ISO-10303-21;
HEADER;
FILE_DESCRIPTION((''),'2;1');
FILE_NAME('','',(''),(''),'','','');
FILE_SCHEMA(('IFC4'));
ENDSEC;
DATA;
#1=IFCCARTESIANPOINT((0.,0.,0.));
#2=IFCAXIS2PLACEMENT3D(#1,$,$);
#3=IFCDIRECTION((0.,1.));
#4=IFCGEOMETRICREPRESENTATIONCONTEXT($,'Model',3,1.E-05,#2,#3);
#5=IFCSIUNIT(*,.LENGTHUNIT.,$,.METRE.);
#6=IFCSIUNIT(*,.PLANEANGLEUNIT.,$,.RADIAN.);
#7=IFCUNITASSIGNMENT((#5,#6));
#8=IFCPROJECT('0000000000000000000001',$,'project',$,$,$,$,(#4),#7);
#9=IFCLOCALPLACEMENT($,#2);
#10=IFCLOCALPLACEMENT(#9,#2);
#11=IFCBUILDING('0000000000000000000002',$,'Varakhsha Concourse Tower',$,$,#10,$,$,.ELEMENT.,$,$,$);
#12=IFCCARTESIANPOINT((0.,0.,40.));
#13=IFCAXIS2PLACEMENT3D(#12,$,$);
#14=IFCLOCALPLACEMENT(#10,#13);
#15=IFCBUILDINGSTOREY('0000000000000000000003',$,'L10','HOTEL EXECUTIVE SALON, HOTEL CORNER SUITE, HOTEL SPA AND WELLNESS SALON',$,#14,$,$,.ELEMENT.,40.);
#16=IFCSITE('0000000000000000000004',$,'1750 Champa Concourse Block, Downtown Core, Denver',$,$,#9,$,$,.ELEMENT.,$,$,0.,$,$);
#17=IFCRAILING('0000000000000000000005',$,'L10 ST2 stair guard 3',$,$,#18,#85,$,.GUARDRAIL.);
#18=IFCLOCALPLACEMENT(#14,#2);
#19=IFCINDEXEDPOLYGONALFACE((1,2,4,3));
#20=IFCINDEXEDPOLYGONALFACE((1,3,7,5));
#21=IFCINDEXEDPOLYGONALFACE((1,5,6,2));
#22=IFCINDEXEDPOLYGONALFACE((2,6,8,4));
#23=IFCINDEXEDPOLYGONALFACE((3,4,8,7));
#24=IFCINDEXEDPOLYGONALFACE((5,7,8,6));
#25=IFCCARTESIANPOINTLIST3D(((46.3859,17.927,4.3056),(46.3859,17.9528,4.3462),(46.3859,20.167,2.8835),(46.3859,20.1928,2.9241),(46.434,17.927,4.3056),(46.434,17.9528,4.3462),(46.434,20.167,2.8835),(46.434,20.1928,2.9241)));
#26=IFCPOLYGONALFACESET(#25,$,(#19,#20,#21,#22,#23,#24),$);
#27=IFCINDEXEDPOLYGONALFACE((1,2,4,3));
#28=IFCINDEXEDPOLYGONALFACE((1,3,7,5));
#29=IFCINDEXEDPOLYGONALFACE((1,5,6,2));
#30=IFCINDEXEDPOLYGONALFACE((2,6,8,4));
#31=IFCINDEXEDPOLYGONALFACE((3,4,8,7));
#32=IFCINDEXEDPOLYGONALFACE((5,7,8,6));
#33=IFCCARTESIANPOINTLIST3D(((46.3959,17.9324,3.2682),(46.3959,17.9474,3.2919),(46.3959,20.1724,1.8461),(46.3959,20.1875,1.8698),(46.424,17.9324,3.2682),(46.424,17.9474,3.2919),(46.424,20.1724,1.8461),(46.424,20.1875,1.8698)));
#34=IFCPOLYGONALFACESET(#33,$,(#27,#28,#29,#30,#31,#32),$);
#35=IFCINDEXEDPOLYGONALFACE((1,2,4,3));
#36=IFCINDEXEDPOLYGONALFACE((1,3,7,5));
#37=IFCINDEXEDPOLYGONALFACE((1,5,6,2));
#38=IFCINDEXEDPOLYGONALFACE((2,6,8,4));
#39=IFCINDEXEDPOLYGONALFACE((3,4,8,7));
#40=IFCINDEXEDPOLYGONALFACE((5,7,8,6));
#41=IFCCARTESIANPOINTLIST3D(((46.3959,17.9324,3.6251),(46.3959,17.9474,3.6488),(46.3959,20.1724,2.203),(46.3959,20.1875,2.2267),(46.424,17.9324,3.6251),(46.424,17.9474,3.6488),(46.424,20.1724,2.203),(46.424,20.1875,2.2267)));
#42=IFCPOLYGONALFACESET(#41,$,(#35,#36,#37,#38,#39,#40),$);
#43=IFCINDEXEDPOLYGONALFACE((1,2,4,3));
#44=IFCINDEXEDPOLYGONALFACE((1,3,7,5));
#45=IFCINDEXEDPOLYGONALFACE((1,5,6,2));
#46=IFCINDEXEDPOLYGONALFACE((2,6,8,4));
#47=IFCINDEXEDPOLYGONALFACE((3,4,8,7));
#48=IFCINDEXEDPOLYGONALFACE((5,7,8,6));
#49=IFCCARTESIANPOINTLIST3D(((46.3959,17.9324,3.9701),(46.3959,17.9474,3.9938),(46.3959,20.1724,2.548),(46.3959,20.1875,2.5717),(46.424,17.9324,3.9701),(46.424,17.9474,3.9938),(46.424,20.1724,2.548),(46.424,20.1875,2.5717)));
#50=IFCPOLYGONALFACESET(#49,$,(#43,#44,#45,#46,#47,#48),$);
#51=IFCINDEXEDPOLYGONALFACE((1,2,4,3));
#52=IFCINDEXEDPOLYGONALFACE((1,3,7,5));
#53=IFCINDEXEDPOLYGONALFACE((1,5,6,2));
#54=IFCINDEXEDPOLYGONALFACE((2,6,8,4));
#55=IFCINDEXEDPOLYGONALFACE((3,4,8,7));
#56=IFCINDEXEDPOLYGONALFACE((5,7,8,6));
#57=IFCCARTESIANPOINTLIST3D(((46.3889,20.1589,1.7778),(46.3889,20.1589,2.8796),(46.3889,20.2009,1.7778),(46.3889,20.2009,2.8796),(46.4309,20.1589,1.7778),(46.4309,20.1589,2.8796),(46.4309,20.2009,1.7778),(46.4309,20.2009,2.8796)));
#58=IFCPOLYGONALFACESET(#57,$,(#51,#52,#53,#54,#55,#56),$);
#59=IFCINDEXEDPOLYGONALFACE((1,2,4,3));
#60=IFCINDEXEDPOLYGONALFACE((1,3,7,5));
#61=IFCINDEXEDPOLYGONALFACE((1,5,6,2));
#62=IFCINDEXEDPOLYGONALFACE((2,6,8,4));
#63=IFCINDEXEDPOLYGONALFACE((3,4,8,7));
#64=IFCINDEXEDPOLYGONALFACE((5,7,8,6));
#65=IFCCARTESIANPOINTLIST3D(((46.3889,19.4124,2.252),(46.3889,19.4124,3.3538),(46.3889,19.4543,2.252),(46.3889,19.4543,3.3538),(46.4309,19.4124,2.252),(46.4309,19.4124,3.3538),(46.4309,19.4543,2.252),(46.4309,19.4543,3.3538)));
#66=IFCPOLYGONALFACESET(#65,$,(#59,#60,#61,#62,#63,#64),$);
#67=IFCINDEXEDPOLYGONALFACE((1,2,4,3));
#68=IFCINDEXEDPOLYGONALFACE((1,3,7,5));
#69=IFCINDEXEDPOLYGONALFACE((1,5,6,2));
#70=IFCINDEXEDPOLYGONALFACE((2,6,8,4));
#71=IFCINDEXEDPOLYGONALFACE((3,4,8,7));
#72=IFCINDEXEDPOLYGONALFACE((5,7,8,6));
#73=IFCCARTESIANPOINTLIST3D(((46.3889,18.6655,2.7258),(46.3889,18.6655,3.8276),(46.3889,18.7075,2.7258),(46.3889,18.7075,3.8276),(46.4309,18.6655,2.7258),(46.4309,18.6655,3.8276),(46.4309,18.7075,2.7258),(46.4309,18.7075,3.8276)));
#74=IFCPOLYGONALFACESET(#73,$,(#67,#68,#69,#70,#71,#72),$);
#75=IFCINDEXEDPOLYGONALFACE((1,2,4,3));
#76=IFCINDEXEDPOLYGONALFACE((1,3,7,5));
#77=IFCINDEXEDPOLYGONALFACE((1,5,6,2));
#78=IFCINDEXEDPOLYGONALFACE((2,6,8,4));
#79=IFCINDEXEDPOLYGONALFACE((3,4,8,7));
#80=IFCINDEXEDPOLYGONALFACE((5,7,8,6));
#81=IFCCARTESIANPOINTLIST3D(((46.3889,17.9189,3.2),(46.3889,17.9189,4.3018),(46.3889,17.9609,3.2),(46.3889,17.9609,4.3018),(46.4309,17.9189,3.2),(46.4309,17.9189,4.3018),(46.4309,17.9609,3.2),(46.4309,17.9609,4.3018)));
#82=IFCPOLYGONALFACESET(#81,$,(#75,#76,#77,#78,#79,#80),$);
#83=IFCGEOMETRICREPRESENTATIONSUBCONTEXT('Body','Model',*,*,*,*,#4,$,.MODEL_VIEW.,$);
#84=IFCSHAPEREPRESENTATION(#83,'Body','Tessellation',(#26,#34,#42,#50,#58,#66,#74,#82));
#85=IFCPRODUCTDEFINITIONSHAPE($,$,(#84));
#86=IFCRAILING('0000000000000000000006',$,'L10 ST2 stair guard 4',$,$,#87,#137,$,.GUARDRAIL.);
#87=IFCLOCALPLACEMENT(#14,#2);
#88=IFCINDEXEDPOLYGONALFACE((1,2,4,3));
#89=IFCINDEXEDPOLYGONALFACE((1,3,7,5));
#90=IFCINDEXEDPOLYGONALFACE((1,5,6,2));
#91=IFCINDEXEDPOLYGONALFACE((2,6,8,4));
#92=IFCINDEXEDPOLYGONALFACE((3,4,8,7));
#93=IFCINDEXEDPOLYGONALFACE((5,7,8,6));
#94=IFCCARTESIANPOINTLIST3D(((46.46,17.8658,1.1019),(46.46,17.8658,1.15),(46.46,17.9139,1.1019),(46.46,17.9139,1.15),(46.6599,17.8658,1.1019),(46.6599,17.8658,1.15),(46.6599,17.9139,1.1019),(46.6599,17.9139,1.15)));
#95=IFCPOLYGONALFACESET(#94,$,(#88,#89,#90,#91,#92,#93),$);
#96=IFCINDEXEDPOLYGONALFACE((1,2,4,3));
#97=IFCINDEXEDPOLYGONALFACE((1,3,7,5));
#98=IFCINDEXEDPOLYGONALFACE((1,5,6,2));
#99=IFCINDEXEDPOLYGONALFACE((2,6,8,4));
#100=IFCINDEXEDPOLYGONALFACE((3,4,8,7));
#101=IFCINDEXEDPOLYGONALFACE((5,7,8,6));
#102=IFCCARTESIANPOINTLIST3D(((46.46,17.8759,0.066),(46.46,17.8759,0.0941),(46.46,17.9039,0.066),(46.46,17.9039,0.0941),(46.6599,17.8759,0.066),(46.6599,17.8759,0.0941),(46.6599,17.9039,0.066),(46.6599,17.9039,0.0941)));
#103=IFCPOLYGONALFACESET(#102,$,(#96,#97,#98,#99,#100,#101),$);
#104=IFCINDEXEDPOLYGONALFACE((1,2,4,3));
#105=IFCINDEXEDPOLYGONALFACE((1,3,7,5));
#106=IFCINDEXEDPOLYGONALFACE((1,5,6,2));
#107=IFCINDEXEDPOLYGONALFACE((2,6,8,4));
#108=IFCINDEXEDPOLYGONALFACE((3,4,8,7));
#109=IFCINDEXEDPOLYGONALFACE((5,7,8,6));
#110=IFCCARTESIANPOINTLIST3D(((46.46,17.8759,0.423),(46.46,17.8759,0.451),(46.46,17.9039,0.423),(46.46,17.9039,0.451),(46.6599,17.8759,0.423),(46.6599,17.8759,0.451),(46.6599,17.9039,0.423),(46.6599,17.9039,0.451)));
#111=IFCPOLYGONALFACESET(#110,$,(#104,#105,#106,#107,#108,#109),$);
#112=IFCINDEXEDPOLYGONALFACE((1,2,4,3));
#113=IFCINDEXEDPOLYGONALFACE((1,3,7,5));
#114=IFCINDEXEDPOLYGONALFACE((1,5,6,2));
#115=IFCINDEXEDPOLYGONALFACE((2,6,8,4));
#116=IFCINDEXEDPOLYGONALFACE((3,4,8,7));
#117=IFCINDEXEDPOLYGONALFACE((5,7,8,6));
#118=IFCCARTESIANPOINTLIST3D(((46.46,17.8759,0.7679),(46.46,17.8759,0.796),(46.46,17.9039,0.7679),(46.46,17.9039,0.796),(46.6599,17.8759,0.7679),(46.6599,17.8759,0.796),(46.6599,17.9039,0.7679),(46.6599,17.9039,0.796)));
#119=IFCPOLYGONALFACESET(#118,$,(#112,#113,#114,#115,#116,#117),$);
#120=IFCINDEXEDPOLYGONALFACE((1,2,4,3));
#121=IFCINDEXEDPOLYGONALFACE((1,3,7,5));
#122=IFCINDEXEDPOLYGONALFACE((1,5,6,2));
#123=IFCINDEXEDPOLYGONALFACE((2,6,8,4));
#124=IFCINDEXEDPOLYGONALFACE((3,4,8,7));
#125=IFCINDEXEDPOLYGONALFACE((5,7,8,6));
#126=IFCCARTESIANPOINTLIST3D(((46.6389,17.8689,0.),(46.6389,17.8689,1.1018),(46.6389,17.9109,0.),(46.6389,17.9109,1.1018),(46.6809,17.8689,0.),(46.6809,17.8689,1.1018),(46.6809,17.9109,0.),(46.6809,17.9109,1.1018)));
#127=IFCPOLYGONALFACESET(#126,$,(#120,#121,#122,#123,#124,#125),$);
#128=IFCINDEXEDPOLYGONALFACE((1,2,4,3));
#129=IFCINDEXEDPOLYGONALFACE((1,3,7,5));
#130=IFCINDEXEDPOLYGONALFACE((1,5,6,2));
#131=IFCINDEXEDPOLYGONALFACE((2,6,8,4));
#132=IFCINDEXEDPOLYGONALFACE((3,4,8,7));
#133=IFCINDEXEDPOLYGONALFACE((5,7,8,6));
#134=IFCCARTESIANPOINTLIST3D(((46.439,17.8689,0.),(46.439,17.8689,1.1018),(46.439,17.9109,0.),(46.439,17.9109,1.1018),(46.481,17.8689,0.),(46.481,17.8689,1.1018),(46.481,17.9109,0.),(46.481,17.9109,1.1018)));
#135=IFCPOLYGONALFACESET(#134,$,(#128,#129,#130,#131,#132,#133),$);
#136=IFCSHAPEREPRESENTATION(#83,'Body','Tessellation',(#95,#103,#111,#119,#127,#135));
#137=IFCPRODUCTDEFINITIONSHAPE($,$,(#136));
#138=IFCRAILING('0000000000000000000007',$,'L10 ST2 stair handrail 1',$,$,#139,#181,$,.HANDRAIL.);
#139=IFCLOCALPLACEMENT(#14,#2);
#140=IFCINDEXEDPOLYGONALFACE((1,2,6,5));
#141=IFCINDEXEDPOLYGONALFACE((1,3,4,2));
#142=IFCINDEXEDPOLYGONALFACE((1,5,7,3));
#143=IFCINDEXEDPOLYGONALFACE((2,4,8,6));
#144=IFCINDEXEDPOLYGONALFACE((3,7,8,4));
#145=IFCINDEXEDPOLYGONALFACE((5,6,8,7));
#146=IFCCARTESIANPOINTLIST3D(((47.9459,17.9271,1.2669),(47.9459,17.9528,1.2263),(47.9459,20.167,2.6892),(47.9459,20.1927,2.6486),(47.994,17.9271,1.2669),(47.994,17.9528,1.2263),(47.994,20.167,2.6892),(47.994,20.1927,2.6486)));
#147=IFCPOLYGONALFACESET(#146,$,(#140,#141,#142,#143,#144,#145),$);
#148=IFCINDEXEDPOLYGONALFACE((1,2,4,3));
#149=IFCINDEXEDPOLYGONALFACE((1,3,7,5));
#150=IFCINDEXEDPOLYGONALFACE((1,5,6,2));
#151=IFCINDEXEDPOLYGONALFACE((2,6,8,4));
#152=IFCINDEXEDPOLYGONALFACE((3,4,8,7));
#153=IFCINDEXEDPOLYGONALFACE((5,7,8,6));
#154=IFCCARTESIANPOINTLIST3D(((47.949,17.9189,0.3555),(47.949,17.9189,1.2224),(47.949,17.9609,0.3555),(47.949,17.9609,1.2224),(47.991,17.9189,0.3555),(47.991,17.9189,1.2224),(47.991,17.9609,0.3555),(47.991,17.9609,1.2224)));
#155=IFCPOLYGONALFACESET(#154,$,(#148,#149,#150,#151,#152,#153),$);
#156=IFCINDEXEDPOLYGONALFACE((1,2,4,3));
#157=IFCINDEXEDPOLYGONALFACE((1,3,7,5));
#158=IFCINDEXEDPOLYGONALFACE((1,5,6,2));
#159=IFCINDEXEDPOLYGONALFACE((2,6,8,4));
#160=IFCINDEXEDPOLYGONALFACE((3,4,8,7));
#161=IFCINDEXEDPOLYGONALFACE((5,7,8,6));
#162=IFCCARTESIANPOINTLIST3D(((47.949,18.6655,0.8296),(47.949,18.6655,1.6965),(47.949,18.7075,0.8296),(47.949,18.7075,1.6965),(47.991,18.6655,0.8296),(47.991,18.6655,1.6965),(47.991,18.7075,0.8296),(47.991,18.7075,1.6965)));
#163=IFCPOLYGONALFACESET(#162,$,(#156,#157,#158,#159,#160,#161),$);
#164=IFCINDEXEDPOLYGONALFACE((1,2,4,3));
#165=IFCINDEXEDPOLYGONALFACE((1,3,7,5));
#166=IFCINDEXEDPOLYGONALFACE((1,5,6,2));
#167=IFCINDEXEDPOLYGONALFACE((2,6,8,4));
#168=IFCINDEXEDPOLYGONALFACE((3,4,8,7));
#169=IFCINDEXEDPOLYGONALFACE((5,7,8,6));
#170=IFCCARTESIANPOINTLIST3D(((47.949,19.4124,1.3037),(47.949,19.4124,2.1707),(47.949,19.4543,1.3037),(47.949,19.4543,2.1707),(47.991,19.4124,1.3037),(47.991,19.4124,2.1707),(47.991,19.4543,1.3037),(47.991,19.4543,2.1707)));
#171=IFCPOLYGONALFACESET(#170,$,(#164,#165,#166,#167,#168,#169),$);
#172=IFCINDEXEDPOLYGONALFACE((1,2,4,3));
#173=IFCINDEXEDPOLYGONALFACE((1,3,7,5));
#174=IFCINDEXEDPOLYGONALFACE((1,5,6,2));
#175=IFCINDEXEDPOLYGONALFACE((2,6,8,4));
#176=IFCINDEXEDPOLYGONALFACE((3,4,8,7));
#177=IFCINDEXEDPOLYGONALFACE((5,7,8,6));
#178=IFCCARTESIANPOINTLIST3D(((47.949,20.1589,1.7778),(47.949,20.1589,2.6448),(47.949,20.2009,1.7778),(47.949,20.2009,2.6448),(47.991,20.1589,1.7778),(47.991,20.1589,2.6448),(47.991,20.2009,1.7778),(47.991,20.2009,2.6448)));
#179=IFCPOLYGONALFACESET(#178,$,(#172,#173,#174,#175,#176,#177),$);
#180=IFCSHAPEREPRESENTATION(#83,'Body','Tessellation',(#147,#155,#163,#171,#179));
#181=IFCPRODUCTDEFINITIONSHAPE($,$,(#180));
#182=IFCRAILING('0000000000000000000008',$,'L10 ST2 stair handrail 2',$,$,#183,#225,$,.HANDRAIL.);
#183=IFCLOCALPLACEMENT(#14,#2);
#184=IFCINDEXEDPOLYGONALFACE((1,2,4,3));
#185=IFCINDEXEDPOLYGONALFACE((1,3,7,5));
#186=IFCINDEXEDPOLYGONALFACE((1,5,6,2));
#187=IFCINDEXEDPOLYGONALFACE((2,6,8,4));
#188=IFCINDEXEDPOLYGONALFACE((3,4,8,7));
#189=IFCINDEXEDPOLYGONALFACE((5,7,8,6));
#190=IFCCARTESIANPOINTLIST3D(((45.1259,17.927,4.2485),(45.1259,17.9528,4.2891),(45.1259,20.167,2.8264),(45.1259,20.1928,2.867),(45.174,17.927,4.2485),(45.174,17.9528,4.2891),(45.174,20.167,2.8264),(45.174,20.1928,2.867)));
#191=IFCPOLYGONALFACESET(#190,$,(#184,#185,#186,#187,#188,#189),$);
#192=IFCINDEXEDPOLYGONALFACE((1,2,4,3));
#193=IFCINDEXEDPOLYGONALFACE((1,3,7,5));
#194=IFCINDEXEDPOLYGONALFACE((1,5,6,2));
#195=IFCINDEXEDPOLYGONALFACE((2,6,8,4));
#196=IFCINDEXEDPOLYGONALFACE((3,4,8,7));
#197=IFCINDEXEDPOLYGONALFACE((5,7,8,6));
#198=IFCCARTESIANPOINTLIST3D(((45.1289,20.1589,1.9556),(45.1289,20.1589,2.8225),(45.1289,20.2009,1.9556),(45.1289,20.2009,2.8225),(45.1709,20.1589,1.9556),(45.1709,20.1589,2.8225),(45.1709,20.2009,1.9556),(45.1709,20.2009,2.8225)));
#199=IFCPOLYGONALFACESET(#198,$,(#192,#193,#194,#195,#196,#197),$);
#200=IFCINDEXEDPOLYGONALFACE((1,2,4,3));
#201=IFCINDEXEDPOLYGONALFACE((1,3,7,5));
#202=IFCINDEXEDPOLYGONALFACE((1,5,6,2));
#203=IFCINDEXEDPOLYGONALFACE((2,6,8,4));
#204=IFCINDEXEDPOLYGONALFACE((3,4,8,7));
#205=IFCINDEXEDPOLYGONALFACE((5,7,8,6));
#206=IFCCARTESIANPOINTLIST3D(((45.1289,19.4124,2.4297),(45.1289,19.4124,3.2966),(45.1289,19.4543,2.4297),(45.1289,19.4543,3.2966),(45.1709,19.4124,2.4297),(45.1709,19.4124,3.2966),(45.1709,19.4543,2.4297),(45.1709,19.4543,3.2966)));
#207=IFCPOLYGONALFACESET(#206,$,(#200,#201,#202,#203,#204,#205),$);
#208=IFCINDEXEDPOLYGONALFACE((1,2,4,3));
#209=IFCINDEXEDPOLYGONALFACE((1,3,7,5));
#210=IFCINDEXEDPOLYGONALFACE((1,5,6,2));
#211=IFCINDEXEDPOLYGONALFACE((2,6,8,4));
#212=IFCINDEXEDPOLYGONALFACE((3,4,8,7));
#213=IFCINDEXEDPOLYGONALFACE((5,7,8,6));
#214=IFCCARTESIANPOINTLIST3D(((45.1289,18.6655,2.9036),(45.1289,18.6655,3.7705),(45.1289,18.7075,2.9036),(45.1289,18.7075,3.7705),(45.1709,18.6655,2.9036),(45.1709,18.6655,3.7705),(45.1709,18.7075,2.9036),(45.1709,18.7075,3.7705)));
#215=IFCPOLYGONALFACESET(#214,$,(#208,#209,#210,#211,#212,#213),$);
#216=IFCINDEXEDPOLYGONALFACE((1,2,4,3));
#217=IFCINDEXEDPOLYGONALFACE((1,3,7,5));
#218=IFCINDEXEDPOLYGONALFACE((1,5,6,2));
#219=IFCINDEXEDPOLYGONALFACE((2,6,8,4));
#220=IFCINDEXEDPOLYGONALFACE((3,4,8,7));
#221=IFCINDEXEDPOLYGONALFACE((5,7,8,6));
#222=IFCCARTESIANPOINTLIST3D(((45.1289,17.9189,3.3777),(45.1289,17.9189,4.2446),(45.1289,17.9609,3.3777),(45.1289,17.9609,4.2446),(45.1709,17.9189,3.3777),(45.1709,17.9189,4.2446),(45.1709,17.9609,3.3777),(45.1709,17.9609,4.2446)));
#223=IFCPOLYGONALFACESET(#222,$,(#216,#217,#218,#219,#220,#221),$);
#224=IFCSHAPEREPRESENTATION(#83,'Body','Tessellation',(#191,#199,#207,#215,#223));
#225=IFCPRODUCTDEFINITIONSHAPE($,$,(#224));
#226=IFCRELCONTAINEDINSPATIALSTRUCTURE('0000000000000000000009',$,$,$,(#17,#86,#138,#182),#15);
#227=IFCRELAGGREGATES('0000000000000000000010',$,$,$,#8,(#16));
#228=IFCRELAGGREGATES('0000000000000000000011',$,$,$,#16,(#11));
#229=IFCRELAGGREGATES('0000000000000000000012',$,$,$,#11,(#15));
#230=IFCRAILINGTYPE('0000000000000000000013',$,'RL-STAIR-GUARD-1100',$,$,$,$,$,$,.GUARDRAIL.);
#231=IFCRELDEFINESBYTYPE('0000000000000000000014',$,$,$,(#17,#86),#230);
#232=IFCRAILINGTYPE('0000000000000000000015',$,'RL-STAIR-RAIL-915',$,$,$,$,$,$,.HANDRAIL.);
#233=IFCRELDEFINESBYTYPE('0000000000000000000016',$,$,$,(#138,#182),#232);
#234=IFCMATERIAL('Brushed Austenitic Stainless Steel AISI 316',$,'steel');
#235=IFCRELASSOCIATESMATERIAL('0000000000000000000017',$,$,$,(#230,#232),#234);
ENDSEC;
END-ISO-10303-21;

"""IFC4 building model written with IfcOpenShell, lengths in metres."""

from ifc_helpers import new_model, si_unit, direction, frame, origin, origin_2d, place, context, subcontext, project, spatial, rectangle, extrude, material, type_object, element, save


model = new_model("IFC4")

# Units and contexts
model_context = context("Model", 3, precision=1e-05, world=origin(), true_north=direction((0.0, 1.0)))
body_context = subcontext(model_context, "Body", "Model", "MODEL_VIEW")
ifc_project = project(units=[si_unit("LENGTHUNIT", "METRE"), si_unit("PLANEANGLEUNIT", "RADIAN")], contexts=[model_context])

# Site, building, storey
site_placement = place(None, origin())
site = spatial("IfcSite", under=ifc_project, at=site_placement, Name="1750 Champa Concourse Block, Downtown Core, Denver", CompositionType="ELEMENT", RefElevation=0.0)
building_placement = place(site_placement, origin())
building = spatial("IfcBuilding", under=site, at=building_placement, Name="Varakhsha Concourse Tower", CompositionType="ELEMENT")
storey_placement = place(building_placement, frame((0.0, 0.0, 40.0)))
storey = spatial("IfcBuildingStorey", under=building, at=storey_placement, Name="L10", Description="HOTEL EXECUTIVE SALON, HOTEL CORNER SUITE, HOTEL SPA AND WELLNESS SALON", CompositionType="ELEMENT", Elevation=40.0)

# Railings
ifc_material_1 = material(Name="Brushed Austenitic Stainless Steel AISI 316", Category="steel")
railing_type_1 = type_object("IfcRailingType", Name="RL-STAIR-GUARD-1100", PredefinedType="GUARDRAIL", material=ifc_material_1)
railing_1_placement = place(storey_placement, frame((46.4099, 20.1799, 1.7778)))
element("IfcRailing", 1, at=railing_1_placement, inside=storey, type_object=railing_type_1, Name="L10 ST2 stair guard 3", PredefinedType="GUARDRAIL", context=body_context, shape_type="SweptSolid", body=[
    extrude(rectangle(XDim=0.0481, YDim=0.0481, at=origin_2d()), frame((0.0, 0.0, 1.126), z_axis=(0.0, -0.844229, 0.535982), x_axis=(1.0, 0.0, 0.0)), (0.0, 0.0, 1.0), 2.6533),
    extrude(rectangle(XDim=0.0281, YDim=0.0281, at=origin_2d()), frame((0.0, 0.0, 0.0801), z_axis=(0.0, -0.844229, 0.535982), x_axis=(1.0, 0.0, 0.0)), (0.0, 0.0, 1.0), 2.6533),
    extrude(rectangle(XDim=0.0281, YDim=0.0281, at=origin_2d()), frame((0.0, 0.0, 0.437), z_axis=(0.0, -0.844229, 0.535982), x_axis=(1.0, 0.0, 0.0)), (0.0, 0.0, 1.0), 2.6533),
    extrude(rectangle(XDim=0.0281, YDim=0.0281, at=origin_2d()), frame((0.0, 0.0, 0.782), z_axis=(0.0, -0.844229, 0.535982), x_axis=(1.0, 0.0, 0.0)), (0.0, 0.0, 1.0), 2.6533),
    extrude(rectangle(XDim=0.042, YDim=0.042, at=origin_2d()), origin(), (0.0, 0.0, 1.0), 1.1018),
    extrude(rectangle(XDim=0.042, YDim=0.042, at=origin_2d()), frame((0.0, -0.7466, 0.4741)), (0.0, 0.0, 1.0), 1.1018),
    extrude(rectangle(XDim=0.042, YDim=0.042, at=origin_2d()), frame((0.0, -1.4934, 0.948)), (0.0, 0.0, 1.0), 1.1018),
    extrude(rectangle(XDim=0.042, YDim=0.042, at=origin_2d()), frame((0.0, -2.24, 1.4221)), (0.0, 0.0, 1.0), 1.1018),
])
railing_2_placement = place(storey_placement, frame((46.6599, 17.8899, 0.0)))
element("IfcRailing", 2, at=railing_2_placement, inside=storey, type_object=railing_type_1, Name="L10 ST2 stair guard 4", PredefinedType="GUARDRAIL", context=body_context, shape_type="SweptSolid", body=[
    extrude(rectangle(XDim=0.0481, YDim=0.0481, at=origin_2d()), frame((0.0, 0.0, 1.126), z_axis=(-1.0, 0.0, 0.0), x_axis=(0.0, -1.0, 0.0)), (0.0, 0.0, 1.0), 0.2),
    extrude(rectangle(XDim=0.0281, YDim=0.0281, at=origin_2d()), frame((0.0, 0.0, 0.0801), z_axis=(-1.0, 0.0, 0.0), x_axis=(0.0, -1.0, 0.0)), (0.0, 0.0, 1.0), 0.2),
    extrude(rectangle(XDim=0.0281, YDim=0.0281, at=origin_2d()), frame((0.0, 0.0, 0.437), z_axis=(-1.0, 0.0, 0.0), x_axis=(0.0, -1.0, 0.0)), (0.0, 0.0, 1.0), 0.2),
    extrude(rectangle(XDim=0.0281, YDim=0.0281, at=origin_2d()), frame((0.0, 0.0, 0.782), z_axis=(-1.0, 0.0, 0.0), x_axis=(0.0, -1.0, 0.0)), (0.0, 0.0, 1.0), 0.2),
    extrude(rectangle(XDim=0.042, YDim=0.042, at=origin_2d()), origin(), (0.0, 0.0, 1.0), 1.1018),
    extrude(rectangle(XDim=0.042, YDim=0.042, at=origin_2d()), frame((-0.2, 0.0, 0.0)), (0.0, 0.0, 1.0), 1.1018),
])
railing_type_2 = type_object("IfcRailingType", Name="RL-STAIR-RAIL-915", PredefinedType="HANDRAIL", material=ifc_material_1)
railing_3_placement = place(storey_placement, frame((47.97, 17.9399, 0.3555)))
element("IfcRailing", 3, at=railing_3_placement, inside=storey, type_object=railing_type_2, Name="L10 ST2 stair handrail 1", PredefinedType="HANDRAIL", context=body_context, shape_type="SweptSolid", body=[
    extrude(rectangle(XDim=0.0481, YDim=0.0481, at=origin_2d()), frame((0.0, 0.0, 0.8911), z_axis=(0.0, 0.844188, 0.536048), x_axis=(-1.0, 0.0, 0.0)), (0.0, 0.0, 1.0), 2.6533),
    extrude(rectangle(XDim=0.042, YDim=0.042, at=origin_2d()), origin(), (0.0, 0.0, 1.0), 0.8669),
    extrude(rectangle(XDim=0.042, YDim=0.042, at=origin_2d()), frame((0.0, 0.7466, 0.4741)), (0.0, 0.0, 1.0), 0.8669),
    extrude(rectangle(XDim=0.042, YDim=0.042, at=origin_2d()), frame((0.0, 1.4934, 0.9482)), (0.0, 0.0, 1.0), 0.8669),
    extrude(rectangle(XDim=0.042, YDim=0.042, at=origin_2d()), frame((0.0, 2.24, 1.4224)), (0.0, 0.0, 1.0), 0.8669),
])
railing_4_placement = place(storey_placement, frame((45.1499, 20.1799, 1.9556)))
element("IfcRailing", 4, at=railing_4_placement, inside=storey, type_object=railing_type_2, Name="L10 ST2 stair handrail 2", PredefinedType="HANDRAIL", context=body_context, shape_type="SweptSolid", body=[
    extrude(rectangle(XDim=0.0481, YDim=0.0481, at=origin_2d()), frame((0.0, 0.0, 0.8911), z_axis=(0.0, -0.844229, 0.535982), x_axis=(1.0, 0.0, 0.0)), (0.0, 0.0, 1.0), 2.6533),
    extrude(rectangle(XDim=0.042, YDim=0.042, at=origin_2d()), origin(), (0.0, 0.0, 1.0), 0.8669),
    extrude(rectangle(XDim=0.042, YDim=0.042, at=origin_2d()), frame((0.0, -0.7466, 0.4741)), (0.0, 0.0, 1.0), 0.8669),
    extrude(rectangle(XDim=0.042, YDim=0.042, at=origin_2d()), frame((0.0, -1.4934, 0.948)), (0.0, 0.0, 1.0), 0.8669),
    extrude(rectangle(XDim=0.042, YDim=0.042, at=origin_2d()), frame((0.0, -2.24, 1.4221)), (0.0, 0.0, 1.0), 0.8669),
])

save(model, "model.ifc")
